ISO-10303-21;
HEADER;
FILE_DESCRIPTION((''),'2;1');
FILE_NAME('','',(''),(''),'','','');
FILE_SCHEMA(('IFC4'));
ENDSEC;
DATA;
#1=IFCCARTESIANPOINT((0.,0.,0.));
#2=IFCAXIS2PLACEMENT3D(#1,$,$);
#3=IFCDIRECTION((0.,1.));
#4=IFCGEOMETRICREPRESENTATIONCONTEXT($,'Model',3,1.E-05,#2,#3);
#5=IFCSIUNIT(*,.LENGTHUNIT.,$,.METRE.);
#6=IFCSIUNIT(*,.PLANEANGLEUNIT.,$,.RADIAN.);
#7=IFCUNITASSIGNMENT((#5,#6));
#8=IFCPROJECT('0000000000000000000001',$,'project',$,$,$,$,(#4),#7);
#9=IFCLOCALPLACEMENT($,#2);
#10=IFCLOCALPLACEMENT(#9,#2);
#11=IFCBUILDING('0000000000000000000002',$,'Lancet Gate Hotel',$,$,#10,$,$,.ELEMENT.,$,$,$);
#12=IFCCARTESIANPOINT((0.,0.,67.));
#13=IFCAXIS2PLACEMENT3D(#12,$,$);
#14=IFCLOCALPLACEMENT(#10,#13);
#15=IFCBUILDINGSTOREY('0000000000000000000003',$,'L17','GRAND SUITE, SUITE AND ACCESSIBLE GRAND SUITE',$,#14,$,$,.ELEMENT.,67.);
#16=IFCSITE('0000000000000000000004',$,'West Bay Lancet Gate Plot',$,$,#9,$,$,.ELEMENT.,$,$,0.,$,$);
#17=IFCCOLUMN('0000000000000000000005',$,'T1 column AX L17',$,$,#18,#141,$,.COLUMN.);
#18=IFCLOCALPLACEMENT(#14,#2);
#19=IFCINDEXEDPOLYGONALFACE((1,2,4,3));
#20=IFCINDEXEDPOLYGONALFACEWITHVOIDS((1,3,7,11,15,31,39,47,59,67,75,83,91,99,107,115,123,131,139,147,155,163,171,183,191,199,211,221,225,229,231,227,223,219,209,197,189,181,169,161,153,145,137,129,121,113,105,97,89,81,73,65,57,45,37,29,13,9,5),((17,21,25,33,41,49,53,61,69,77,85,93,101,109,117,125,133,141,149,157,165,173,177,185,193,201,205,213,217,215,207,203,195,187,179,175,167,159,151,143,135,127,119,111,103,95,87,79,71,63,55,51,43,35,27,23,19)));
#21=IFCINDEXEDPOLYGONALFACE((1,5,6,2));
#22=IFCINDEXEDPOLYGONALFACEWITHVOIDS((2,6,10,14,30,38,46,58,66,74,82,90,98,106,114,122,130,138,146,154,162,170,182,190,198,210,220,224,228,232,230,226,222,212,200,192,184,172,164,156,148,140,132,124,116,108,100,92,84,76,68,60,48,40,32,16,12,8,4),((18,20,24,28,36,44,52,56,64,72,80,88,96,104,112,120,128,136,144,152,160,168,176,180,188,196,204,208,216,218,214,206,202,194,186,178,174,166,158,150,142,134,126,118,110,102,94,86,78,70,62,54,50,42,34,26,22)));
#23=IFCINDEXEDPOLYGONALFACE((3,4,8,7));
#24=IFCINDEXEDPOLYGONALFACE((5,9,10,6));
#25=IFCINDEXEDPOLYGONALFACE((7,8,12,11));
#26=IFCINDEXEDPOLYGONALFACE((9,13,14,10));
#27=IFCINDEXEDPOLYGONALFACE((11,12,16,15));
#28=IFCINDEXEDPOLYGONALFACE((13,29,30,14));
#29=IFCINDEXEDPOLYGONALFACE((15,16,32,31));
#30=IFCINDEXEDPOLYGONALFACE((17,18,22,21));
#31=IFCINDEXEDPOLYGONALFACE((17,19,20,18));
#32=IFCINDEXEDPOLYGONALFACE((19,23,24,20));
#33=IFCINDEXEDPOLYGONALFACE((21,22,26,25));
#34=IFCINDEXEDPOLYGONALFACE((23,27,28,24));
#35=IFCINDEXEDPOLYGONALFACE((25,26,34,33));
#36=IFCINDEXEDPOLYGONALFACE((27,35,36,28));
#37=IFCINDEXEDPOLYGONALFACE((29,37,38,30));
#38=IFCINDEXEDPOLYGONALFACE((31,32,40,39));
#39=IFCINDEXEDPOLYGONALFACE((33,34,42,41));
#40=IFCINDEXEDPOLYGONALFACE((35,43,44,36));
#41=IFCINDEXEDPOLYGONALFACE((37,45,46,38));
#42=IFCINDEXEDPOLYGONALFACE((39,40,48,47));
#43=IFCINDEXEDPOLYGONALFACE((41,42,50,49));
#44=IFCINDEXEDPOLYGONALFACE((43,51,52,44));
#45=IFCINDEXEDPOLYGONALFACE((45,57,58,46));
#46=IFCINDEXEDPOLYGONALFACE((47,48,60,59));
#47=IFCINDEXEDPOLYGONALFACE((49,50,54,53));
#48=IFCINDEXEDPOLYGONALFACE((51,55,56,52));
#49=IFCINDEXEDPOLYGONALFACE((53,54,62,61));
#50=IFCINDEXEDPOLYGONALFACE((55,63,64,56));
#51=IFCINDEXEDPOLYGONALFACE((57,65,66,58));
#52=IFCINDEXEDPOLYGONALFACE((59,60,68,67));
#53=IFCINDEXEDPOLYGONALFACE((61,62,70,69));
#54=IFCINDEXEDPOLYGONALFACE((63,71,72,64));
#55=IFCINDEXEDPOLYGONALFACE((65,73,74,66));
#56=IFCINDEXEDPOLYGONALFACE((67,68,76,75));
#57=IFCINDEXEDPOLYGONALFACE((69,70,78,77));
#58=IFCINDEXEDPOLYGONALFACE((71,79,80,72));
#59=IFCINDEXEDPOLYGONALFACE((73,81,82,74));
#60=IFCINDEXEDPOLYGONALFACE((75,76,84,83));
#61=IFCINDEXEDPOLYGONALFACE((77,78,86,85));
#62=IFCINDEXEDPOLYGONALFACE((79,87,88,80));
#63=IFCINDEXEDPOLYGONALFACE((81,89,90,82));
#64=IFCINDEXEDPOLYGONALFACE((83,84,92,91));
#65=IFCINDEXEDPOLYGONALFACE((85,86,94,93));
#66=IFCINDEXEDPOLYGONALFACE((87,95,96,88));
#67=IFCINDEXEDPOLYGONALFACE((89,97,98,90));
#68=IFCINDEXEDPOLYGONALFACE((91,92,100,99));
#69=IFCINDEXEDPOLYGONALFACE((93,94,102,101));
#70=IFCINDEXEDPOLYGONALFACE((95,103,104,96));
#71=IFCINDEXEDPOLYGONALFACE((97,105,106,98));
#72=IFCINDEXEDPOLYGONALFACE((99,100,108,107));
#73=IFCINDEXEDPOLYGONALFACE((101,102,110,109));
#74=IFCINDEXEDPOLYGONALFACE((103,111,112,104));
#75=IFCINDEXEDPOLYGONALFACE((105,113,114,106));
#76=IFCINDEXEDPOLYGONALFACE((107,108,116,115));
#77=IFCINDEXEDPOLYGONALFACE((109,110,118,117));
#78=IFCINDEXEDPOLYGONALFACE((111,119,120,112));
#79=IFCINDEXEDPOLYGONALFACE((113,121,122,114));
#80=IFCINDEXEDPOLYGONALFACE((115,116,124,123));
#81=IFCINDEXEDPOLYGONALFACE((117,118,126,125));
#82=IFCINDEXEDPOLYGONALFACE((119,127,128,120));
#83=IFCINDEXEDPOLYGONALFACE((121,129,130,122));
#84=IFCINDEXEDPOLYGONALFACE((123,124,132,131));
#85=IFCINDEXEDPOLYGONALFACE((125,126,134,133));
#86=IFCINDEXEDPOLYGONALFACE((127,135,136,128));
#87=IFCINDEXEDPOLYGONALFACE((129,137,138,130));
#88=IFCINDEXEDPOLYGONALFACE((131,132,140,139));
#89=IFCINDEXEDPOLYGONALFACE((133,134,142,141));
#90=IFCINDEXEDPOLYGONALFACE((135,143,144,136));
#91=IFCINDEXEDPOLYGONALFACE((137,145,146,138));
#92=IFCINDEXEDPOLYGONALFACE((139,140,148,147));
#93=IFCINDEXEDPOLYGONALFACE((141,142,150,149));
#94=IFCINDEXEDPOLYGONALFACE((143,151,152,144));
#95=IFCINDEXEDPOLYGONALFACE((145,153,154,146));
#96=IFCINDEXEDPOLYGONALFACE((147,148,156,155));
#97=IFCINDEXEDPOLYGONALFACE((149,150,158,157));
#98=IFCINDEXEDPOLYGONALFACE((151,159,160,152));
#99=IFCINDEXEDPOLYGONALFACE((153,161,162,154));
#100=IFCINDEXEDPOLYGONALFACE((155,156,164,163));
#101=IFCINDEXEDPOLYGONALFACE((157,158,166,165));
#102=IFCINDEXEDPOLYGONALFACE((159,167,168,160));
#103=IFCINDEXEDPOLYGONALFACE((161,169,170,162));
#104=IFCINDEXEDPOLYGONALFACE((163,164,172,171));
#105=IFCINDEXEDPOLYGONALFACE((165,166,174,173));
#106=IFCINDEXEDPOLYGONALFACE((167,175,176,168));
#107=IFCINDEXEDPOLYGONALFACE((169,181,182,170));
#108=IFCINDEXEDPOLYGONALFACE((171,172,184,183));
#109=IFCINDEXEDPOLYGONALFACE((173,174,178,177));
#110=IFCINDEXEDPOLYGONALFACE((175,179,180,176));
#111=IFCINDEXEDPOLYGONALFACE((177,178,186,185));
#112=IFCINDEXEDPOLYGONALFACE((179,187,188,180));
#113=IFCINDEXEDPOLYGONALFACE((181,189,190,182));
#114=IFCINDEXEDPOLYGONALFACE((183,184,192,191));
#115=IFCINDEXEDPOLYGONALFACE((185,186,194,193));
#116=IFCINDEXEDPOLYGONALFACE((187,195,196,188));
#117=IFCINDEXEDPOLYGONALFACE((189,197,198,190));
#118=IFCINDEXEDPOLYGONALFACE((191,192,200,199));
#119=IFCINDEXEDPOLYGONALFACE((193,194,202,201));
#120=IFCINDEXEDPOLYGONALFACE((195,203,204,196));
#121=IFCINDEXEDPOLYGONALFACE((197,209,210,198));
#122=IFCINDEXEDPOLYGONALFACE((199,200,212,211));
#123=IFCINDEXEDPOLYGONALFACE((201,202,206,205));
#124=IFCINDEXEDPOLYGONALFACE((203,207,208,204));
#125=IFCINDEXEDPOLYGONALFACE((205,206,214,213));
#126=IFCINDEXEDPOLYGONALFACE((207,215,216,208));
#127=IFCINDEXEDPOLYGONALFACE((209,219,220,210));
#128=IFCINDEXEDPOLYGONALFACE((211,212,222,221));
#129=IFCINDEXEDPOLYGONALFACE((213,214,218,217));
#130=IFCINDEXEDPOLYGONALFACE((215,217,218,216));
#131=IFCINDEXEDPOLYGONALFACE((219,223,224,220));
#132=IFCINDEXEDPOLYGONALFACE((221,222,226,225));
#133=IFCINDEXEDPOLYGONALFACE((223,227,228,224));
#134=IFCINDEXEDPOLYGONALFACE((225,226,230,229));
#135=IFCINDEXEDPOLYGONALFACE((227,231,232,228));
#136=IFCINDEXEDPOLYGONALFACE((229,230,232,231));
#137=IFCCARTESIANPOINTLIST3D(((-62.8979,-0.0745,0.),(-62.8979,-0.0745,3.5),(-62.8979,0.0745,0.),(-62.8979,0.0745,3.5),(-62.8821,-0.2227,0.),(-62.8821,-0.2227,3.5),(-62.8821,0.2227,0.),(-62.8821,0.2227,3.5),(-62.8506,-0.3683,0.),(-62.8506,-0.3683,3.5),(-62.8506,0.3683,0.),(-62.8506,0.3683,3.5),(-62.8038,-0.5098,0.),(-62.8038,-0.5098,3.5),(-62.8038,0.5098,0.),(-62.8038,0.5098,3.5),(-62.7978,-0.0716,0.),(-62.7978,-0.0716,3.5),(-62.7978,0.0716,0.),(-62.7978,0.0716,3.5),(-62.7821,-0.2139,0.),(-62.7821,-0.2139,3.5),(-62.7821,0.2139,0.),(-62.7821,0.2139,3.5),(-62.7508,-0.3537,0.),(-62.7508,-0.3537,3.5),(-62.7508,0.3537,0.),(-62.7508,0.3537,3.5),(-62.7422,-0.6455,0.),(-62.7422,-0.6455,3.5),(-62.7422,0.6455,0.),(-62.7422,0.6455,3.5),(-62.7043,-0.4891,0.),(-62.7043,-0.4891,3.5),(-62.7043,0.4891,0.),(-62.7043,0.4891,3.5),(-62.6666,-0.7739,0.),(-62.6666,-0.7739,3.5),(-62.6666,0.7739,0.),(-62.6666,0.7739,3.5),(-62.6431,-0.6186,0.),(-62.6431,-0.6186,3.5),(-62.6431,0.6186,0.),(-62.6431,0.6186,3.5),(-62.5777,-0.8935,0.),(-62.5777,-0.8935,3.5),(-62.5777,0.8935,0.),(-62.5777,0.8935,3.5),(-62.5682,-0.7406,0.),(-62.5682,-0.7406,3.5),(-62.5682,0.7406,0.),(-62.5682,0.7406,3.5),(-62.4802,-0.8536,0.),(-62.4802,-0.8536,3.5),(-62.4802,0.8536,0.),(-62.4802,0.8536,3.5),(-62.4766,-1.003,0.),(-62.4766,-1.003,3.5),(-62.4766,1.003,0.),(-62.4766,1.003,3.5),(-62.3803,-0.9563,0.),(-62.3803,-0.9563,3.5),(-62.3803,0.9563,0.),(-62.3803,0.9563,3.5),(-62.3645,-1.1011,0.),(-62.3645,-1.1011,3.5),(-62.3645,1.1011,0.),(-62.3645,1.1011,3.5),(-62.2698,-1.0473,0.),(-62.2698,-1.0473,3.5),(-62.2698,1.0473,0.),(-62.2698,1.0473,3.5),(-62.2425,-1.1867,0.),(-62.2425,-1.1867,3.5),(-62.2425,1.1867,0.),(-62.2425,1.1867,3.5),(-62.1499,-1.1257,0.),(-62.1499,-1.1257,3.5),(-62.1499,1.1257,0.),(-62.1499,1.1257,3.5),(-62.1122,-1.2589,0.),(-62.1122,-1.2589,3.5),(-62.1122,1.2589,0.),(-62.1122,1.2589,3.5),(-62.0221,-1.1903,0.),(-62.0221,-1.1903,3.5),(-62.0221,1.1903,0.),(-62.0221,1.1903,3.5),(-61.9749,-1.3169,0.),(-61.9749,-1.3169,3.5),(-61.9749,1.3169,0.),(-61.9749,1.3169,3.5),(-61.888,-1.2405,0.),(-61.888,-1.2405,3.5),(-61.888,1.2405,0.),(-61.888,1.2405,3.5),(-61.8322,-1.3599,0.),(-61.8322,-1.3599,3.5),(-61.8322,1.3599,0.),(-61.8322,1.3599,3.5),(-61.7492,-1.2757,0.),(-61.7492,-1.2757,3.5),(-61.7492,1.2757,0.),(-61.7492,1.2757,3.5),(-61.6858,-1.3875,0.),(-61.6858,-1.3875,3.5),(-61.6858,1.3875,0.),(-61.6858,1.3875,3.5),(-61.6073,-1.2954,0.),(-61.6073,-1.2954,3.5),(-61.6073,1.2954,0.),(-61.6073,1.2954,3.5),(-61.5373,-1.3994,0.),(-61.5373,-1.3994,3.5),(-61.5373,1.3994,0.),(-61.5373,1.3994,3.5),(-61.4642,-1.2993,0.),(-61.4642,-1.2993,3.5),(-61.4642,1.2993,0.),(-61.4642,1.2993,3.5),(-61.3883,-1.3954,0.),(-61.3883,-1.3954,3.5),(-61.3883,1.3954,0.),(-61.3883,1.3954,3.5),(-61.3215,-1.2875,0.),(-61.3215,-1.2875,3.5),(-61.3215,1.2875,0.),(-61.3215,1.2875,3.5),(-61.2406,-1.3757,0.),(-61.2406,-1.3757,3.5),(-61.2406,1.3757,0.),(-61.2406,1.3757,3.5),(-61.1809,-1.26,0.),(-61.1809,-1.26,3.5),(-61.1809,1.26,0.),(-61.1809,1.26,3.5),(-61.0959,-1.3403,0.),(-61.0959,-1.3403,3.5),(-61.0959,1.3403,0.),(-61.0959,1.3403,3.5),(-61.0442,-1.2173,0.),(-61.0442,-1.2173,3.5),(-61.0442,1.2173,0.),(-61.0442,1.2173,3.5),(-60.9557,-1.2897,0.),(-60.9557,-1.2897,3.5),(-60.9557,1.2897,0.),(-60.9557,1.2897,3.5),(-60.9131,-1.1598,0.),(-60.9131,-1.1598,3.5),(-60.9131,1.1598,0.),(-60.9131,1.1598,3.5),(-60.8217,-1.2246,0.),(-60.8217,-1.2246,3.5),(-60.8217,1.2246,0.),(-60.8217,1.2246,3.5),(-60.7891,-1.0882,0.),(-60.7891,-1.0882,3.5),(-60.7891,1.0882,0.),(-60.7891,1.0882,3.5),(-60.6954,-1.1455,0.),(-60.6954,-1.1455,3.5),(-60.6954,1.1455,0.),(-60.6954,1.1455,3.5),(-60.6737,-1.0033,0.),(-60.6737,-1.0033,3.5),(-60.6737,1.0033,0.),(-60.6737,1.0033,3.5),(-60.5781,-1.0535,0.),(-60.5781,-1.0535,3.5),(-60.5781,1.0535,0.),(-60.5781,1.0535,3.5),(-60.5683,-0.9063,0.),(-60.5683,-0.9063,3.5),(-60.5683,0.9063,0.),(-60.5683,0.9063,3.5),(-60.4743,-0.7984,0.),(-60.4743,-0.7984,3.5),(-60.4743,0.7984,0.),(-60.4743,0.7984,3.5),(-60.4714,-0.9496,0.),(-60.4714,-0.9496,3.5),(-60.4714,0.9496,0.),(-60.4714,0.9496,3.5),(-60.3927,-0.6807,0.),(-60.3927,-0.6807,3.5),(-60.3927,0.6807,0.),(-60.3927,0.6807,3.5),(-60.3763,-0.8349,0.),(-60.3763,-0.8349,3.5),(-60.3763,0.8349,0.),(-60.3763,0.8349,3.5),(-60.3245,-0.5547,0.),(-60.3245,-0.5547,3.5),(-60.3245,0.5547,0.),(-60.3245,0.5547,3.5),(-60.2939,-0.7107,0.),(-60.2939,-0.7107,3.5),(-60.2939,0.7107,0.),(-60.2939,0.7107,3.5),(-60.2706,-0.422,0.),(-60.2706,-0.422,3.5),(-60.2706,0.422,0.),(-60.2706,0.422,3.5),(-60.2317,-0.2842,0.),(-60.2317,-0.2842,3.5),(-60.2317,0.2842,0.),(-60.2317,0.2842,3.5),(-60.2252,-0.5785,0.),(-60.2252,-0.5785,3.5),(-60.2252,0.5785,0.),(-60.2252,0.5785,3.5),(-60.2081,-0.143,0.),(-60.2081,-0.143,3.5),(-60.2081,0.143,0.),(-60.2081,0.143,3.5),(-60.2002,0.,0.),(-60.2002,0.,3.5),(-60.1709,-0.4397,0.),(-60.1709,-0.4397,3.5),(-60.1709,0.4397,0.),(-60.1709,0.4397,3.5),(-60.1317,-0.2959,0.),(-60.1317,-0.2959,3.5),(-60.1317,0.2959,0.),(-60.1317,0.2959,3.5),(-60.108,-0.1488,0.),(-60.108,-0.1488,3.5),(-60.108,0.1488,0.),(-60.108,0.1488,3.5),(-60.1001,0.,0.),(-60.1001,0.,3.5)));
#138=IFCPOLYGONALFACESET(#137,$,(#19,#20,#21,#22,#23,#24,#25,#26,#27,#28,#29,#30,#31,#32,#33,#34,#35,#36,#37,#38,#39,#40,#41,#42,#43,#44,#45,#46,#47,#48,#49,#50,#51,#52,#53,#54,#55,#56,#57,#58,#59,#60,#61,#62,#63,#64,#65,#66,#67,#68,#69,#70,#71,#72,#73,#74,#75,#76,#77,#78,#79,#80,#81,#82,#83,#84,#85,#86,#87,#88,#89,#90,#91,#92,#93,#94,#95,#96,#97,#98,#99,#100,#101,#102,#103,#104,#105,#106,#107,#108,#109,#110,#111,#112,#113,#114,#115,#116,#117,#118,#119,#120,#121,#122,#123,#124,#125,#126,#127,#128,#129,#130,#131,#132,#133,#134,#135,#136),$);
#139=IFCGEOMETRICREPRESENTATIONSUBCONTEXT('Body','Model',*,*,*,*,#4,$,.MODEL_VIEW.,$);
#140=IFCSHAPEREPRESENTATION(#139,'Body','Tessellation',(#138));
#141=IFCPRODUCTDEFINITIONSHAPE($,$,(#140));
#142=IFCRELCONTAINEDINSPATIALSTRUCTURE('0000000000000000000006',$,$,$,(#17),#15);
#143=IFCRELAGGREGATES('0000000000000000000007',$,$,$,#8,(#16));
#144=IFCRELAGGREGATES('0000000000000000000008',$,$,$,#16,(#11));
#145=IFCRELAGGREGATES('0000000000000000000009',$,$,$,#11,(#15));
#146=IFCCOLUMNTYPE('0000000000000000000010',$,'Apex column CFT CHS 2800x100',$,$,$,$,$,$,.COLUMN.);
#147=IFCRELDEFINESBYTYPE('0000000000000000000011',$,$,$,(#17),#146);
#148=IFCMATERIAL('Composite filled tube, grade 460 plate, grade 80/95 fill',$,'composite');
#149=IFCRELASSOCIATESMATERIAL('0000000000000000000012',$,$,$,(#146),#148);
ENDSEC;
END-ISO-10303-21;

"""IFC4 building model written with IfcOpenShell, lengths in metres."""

from ifc_helpers import new_model, si_unit, direction, frame, origin, origin_2d, place, context, subcontext, project, spatial, hollow_circle, extrude, material, material_profile, profile_set, type_object, element, save


model = new_model("IFC4")

# Units and contexts
model_context = context("Model", 3, precision=1e-05, world=origin(), true_north=direction((0.0, 1.0)))
body_context = subcontext(model_context, "Body", "Model", "MODEL_VIEW")
ifc_project = project(units=[si_unit("LENGTHUNIT", "METRE"), si_unit("PLANEANGLEUNIT", "RADIAN")], contexts=[model_context])

# Site, building, storey
site_placement = place(None, origin())
site = spatial("IfcSite", under=ifc_project, at=site_placement, Name="West Bay Lancet Gate Plot", CompositionType="ELEMENT", RefElevation=0.0)
building_placement = place(site_placement, origin())
building = spatial("IfcBuilding", under=site, at=building_placement, Name="Lancet Gate Hotel", CompositionType="ELEMENT")
storey_placement = place(building_placement, frame((0.0, 0.0, 67.0)))
storey = spatial("IfcBuildingStorey", under=building, at=storey_placement, Name="L17", Description="GRAND SUITE, SUITE AND ACCESSIBLE GRAND SUITE", CompositionType="ELEMENT", Elevation=67.0)

# Column
ifc_material_1 = material(Name="Composite filled tube, grade 460 plate, grade 80/95 fill", Category="composite")
ifc_material_profile_1 = material_profile(ifc_material_1, hollow_circle(Radius=1.3999, WallThickness=0.1001, at=origin_2d()), Name="CHS 2800x100")
ifc_profile_set_1 = profile_set([ifc_material_profile_1], Name="Composite filled tube, grade 460 plate, grade 80/95 fill")
column_type_1 = type_object("IfcColumnType", Name="Apex column CFT CHS 2800x100", PredefinedType="COLUMN", material=ifc_profile_set_1)
column_1_placement = place(storey_placement, frame((-61.5, 0.0, 0.0), z_axis=(0.0, 0.0, 1.0), x_axis=(1.0, 0.0, 0.0)))
element("IfcColumn", 1, at=column_1_placement, inside=storey, type_object=column_type_1, Name="T1 column AX L17", PredefinedType="COLUMN", context=body_context, shape_type="SweptSolid", body=[
    extrude(hollow_circle(Radius=1.3999, WallThickness=0.1001, at=origin_2d()), origin(), (0.0, 0.0, 1.0), 3.5),
])

save(model, "model.ifc")
